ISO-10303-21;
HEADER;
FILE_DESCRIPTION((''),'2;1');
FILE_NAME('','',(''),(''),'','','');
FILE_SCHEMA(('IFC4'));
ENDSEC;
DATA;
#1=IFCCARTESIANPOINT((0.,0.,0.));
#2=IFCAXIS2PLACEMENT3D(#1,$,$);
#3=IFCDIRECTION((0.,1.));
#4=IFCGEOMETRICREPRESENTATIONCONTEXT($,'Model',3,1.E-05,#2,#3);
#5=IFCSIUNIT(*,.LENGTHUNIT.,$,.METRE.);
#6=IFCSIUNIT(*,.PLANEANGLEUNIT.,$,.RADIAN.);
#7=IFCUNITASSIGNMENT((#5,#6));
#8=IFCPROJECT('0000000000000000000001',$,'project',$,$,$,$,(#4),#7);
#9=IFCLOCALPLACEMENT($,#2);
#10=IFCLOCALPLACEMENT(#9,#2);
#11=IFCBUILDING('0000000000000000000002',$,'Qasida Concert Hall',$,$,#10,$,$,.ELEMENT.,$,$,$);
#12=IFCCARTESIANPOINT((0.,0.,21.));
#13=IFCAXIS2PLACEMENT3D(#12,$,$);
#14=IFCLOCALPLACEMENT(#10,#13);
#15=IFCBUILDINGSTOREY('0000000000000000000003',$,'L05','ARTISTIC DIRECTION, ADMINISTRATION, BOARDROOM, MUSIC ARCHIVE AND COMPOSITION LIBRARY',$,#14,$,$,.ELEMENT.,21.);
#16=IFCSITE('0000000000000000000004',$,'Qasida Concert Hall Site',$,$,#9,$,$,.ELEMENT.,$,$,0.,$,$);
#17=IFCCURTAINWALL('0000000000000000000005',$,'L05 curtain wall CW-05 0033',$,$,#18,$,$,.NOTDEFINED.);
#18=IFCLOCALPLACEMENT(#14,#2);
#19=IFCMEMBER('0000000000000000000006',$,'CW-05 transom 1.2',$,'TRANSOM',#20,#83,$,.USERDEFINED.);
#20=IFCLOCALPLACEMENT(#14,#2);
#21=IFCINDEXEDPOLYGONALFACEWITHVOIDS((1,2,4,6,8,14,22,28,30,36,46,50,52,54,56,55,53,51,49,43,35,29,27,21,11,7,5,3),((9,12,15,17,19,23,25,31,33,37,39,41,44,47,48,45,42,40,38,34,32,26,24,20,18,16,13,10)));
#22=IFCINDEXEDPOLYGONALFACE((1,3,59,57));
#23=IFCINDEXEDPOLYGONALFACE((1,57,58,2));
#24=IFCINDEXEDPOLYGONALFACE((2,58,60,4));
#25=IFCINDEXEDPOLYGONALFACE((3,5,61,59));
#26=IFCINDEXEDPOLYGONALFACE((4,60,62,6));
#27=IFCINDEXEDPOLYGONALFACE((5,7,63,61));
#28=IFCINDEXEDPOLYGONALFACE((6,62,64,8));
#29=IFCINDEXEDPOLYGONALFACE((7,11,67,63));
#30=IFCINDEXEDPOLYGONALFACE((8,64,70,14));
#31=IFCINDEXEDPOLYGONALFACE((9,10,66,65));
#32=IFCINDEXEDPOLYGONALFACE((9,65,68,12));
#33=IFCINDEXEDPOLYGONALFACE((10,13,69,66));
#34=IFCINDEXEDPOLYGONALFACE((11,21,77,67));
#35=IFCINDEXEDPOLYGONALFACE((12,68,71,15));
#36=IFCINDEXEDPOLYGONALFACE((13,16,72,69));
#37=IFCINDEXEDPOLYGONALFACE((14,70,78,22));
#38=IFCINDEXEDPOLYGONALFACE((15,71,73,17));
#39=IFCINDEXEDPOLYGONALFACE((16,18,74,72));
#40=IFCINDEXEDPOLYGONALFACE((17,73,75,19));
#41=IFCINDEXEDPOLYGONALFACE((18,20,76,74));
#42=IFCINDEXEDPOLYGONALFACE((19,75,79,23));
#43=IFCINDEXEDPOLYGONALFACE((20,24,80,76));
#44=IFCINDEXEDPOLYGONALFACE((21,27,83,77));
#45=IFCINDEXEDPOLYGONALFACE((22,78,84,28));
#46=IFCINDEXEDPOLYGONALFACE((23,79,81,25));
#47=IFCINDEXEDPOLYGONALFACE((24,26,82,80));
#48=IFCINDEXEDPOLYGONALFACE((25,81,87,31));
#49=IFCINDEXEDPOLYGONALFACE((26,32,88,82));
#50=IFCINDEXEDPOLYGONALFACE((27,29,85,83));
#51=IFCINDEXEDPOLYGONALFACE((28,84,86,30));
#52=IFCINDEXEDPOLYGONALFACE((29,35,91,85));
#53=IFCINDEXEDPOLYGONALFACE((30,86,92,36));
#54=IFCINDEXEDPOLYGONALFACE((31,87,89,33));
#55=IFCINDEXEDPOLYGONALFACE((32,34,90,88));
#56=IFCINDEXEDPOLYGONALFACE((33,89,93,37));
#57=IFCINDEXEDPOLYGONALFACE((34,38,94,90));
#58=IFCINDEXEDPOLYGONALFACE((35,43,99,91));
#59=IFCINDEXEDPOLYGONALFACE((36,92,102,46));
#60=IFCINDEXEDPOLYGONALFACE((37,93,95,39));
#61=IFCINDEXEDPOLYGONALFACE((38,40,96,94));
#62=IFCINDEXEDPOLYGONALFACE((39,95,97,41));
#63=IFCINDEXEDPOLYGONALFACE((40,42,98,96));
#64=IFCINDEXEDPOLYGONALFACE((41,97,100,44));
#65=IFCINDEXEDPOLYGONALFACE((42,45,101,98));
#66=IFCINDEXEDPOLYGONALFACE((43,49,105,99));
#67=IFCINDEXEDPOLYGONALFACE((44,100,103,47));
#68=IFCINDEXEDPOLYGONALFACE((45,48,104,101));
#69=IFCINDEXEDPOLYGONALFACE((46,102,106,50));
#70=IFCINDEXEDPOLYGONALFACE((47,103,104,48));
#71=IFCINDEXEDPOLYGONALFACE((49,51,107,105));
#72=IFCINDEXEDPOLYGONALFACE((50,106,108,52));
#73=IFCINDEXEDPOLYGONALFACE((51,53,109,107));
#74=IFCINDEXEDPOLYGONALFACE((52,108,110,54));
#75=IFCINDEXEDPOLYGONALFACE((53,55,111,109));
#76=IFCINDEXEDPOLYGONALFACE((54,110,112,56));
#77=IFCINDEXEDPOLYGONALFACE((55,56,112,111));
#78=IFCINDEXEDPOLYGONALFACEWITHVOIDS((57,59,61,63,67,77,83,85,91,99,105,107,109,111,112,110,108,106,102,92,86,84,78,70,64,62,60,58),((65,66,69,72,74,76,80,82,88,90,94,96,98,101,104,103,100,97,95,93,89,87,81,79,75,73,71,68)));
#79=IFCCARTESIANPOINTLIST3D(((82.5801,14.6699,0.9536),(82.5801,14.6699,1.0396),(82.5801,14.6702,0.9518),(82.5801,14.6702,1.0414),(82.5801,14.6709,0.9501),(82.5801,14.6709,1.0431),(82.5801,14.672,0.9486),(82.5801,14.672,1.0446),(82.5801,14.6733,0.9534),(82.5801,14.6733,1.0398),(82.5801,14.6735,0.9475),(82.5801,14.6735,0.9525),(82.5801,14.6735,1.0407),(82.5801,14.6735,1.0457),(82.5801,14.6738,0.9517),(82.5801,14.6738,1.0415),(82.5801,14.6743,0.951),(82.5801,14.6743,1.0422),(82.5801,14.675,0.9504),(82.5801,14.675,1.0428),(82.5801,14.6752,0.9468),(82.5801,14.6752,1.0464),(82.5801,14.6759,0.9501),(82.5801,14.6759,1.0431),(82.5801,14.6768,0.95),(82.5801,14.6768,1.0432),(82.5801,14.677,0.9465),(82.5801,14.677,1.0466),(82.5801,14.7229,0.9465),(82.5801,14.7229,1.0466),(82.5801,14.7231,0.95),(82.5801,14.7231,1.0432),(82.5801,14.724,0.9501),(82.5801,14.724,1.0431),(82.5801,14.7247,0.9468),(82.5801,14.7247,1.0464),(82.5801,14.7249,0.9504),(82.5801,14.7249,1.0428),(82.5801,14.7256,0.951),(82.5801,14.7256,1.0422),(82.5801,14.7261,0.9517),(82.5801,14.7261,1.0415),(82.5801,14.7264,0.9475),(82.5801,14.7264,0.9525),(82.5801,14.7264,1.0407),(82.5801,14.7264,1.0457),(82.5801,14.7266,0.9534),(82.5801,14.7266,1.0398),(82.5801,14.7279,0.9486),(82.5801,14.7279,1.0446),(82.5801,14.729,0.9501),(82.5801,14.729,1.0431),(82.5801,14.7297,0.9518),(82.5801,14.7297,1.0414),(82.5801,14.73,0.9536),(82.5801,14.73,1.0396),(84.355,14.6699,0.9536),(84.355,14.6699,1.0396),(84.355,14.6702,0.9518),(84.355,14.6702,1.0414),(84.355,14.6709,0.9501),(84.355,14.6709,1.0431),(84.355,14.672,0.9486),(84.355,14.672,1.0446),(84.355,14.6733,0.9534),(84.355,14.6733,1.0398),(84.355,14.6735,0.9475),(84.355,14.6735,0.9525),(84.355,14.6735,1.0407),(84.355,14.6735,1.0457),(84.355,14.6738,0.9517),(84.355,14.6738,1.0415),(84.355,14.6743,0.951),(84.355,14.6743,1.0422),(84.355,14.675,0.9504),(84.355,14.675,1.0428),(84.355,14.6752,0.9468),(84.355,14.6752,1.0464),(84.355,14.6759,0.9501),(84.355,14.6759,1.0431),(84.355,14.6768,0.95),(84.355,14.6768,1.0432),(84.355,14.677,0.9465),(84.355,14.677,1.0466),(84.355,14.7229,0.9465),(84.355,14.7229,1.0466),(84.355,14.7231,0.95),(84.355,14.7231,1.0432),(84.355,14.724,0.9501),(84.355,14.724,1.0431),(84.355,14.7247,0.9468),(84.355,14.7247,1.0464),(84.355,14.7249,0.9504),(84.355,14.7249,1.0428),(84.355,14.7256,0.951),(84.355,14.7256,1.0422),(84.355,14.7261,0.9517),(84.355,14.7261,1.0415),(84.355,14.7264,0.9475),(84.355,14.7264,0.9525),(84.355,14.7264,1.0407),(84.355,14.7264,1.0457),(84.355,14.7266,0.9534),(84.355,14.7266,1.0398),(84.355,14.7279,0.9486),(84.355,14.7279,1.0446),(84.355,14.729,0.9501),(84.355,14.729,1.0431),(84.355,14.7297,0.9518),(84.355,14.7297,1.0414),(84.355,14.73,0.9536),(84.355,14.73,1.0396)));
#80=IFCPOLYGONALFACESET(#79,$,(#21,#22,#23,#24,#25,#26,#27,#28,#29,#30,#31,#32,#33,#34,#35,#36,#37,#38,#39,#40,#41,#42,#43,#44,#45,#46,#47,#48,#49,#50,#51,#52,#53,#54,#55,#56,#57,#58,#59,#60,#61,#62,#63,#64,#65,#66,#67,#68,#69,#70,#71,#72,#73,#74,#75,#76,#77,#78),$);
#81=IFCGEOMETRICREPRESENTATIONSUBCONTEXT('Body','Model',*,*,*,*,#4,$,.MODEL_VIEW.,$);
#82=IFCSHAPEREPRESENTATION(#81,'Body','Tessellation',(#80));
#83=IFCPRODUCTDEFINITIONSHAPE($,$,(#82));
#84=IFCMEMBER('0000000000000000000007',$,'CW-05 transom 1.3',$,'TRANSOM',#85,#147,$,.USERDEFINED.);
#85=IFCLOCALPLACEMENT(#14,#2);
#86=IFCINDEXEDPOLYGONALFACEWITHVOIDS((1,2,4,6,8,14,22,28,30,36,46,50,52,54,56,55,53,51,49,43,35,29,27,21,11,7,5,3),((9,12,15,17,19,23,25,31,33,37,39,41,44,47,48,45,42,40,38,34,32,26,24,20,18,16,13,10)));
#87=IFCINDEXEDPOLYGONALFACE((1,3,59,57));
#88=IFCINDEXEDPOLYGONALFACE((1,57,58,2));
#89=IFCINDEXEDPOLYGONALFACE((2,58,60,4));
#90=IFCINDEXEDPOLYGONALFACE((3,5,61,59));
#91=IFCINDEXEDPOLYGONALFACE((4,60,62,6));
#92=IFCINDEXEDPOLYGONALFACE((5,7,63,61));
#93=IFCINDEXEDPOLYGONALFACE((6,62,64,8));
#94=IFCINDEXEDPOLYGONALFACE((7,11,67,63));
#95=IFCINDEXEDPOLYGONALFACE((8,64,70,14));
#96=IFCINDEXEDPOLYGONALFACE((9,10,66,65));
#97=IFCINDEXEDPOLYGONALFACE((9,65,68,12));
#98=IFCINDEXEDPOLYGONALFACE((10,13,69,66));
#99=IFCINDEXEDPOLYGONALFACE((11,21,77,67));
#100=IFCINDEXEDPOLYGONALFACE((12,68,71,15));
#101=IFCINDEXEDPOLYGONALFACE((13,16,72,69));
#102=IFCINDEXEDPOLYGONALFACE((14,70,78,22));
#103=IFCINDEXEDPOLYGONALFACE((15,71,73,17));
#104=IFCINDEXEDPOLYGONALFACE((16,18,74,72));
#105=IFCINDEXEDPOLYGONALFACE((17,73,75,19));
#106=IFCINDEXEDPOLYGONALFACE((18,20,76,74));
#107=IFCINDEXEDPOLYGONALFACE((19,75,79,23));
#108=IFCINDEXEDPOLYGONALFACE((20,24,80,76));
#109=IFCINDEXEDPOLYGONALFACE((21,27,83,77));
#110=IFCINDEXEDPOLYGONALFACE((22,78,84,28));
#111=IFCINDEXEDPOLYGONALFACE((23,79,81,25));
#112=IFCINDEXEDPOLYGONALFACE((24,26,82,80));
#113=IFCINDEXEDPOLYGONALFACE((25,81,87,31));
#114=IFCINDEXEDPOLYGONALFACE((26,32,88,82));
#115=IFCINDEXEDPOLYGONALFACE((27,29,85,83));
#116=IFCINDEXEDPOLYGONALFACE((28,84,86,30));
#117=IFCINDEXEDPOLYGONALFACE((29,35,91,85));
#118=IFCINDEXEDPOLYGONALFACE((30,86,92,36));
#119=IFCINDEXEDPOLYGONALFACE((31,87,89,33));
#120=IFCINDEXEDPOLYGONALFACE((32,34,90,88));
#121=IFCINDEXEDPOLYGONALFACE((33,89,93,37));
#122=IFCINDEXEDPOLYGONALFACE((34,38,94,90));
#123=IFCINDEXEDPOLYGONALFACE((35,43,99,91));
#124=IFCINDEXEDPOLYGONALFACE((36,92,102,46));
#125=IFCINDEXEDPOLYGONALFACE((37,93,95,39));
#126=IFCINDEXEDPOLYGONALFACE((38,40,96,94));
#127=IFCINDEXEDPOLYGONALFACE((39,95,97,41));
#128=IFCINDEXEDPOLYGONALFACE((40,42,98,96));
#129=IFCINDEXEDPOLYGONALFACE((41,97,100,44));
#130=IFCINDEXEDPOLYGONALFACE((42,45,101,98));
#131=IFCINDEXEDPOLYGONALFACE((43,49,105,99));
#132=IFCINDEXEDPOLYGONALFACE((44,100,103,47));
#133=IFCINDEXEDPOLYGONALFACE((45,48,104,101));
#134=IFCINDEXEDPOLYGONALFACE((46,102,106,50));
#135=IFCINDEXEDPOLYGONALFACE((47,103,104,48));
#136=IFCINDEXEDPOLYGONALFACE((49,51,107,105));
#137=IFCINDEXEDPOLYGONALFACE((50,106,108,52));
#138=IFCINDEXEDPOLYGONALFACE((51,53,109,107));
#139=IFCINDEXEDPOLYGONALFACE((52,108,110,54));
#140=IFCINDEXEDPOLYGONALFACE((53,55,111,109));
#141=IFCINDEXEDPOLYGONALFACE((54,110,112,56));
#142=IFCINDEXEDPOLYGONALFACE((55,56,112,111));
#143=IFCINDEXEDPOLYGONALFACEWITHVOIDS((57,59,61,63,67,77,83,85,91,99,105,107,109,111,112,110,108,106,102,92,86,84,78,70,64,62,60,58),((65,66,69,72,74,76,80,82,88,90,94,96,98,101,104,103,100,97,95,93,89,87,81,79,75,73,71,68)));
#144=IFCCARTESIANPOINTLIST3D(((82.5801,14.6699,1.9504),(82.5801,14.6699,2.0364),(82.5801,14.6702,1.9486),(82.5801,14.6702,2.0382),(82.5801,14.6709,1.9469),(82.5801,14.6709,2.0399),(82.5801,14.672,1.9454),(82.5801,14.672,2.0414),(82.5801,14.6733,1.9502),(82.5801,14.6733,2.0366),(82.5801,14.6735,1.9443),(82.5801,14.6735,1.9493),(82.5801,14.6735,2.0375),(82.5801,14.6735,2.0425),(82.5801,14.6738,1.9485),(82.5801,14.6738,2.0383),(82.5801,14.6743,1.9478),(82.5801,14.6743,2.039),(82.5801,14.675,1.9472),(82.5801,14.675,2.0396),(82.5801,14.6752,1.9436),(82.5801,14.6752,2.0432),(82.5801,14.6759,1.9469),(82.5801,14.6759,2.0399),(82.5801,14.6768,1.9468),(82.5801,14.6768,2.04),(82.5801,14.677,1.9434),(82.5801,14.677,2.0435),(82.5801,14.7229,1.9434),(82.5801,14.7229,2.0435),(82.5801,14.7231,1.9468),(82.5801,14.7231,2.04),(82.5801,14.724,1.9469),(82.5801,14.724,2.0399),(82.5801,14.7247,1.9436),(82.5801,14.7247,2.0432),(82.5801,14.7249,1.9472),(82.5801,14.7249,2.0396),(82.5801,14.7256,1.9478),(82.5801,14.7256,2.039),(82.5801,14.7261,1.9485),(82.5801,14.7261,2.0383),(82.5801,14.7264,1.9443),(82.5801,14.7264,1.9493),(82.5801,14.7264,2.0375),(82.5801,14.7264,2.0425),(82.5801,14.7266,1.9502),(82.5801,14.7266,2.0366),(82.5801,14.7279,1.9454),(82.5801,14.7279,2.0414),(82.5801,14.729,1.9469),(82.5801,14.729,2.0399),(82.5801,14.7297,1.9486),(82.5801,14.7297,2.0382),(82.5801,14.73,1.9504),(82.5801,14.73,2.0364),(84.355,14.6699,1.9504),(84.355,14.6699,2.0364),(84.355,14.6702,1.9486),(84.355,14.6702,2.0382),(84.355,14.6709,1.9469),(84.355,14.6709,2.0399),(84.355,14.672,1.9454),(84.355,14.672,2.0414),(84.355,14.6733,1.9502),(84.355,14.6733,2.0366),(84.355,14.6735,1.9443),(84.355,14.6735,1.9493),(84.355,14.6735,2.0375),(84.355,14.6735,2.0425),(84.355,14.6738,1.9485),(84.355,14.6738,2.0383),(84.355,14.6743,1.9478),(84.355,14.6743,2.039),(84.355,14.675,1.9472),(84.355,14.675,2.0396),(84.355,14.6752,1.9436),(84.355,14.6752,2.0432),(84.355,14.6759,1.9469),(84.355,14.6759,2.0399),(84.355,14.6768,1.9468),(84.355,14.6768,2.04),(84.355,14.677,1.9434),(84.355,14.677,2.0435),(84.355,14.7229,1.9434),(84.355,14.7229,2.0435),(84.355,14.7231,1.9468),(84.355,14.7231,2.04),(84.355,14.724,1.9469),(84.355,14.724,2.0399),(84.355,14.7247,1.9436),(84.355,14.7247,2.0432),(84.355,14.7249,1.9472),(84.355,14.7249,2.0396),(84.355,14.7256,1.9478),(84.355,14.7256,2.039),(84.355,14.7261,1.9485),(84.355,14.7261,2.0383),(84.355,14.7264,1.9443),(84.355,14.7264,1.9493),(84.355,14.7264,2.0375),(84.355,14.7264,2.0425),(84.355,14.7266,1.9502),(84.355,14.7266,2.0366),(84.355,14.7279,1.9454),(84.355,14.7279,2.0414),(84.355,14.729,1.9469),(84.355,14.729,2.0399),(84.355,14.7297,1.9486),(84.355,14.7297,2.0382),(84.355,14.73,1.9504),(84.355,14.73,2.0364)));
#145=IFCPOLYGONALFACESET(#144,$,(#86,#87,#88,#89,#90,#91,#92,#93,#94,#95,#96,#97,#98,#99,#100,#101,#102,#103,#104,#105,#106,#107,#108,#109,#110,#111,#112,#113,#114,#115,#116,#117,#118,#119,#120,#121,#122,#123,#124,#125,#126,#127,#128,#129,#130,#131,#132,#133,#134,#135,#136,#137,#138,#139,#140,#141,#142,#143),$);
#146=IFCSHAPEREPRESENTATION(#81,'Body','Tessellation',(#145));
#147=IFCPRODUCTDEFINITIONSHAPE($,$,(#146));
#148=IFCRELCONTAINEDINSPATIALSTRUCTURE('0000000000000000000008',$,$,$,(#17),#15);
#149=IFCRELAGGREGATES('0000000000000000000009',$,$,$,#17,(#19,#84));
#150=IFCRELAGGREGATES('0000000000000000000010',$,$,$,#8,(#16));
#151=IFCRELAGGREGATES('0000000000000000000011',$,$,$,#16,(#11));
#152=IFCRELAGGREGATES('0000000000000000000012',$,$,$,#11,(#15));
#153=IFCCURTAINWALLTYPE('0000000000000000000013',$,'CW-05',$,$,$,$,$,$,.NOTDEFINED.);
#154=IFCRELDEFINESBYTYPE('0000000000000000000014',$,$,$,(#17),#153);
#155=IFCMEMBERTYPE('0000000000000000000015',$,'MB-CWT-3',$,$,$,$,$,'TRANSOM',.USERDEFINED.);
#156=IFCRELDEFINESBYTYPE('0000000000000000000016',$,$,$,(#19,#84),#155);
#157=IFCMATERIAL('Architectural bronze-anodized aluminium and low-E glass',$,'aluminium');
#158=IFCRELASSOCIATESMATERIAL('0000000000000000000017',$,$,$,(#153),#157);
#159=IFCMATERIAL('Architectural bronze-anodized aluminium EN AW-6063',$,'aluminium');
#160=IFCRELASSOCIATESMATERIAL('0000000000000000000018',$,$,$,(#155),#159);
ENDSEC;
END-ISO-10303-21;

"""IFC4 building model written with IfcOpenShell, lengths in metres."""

from ifc_helpers import new_model, si_unit, direction, frame, origin, origin_2d, place, context, subcontext, project, spatial, hollow_rectangle, extrude, material, material_profile, profile_set, type_object, element, aggregate, save


model = new_model("IFC4")

# Units and contexts
model_context = context("Model", 3, precision=1e-05, world=origin(), true_north=direction((0.0, 1.0)))
body_context = subcontext(model_context, "Body", "Model", "MODEL_VIEW")
ifc_project = project(units=[si_unit("LENGTHUNIT", "METRE"), si_unit("PLANEANGLEUNIT", "RADIAN")], contexts=[model_context])

# Site, building, storey
site_placement = place(None, origin())
site = spatial("IfcSite", under=ifc_project, at=site_placement, Name="Qasida Concert Hall Site", CompositionType="ELEMENT", RefElevation=0.0)
building_placement = place(site_placement, origin())
building = spatial("IfcBuilding", under=site, at=building_placement, Name="Qasida Concert Hall", CompositionType="ELEMENT")
storey_placement = place(building_placement, frame((0.0, 0.0, 21.0)))
storey = spatial("IfcBuildingStorey", under=building, at=storey_placement, Name="L05", Description="ARTISTIC DIRECTION, ADMINISTRATION, BOARDROOM, MUSIC ARCHIVE AND COMPOSITION LIBRARY", CompositionType="ELEMENT", Elevation=21.0)

# Shared definitions
ifc_material_1 = material(Name="Architectural bronze-anodized aluminium and low-E glass", Category="aluminium")
curtain_wall_type = type_object("IfcCurtainWallType", Name="CW-05", PredefinedType="NOTDEFINED", material=ifc_material_1)
ifc_material_2 = material(Name="Architectural bronze-anodized aluminium EN AW-6063", Category="aluminium")

# Curtain wall, members
curtain_wall_1_placement = place(storey_placement, origin())
curtain_wall_1 = element("IfcCurtainWall", 1, at=curtain_wall_1_placement, inside=storey, type_object=curtain_wall_type, Name="L05 curtain wall CW-05 0033", PredefinedType="NOTDEFINED")
ifc_material_profile_1 = material_profile(ifc_material_2, hollow_rectangle(XDim=0.0601, YDim=0.1001, WallThickness=0.0034, InnerFilletRadius=0.0034, OuterFilletRadius=0.0071, at=origin_2d()), Name="CWT 100x60x3.5")
ifc_profile_set_1 = profile_set([ifc_material_profile_1], Name="Architectural bronze-anodized aluminium EN AW-6063")
member_type_1 = type_object("IfcMemberType", Name="MB-CWT-3", ElementType="TRANSOM", PredefinedType="USERDEFINED", material=ifc_profile_set_1)
member_1_placement = place(storey_placement, frame((82.5801, 14.7, 0.9966), z_axis=(1.0, 0.0, 0.0), x_axis=(0.0, 1.0, 0.0)))
member_1 = element("IfcMember", 2, at=member_1_placement, type_object=member_type_1, Name="CW-05 transom 1.2", ObjectType="TRANSOM", PredefinedType="USERDEFINED", context=body_context, shape_type="SweptSolid", body=[
    extrude(hollow_rectangle(XDim=0.0601, YDim=0.1001, WallThickness=0.0034, InnerFilletRadius=0.0034, OuterFilletRadius=0.0071, at=origin_2d()), origin(), (0.0, 0.0, 1.0), 1.7749),
])
member_2_placement = place(storey_placement, frame((82.5801, 14.7, 1.9934), z_axis=(1.0, 0.0, 0.0), x_axis=(0.0, 1.0, 0.0)))
member_2 = element("IfcMember", 3, at=member_2_placement, type_object=member_type_1, Name="CW-05 transom 1.3", ObjectType="TRANSOM", PredefinedType="USERDEFINED", context=body_context, shape_type="SweptSolid", body=[
    extrude(hollow_rectangle(XDim=0.0601, YDim=0.1001, WallThickness=0.0034, InnerFilletRadius=0.0034, OuterFilletRadius=0.0071, at=origin_2d()), origin(), (0.0, 0.0, 1.0), 1.7749),
])

aggregate(curtain_wall_1, [member_1, member_2])

save(model, "model.ifc")
